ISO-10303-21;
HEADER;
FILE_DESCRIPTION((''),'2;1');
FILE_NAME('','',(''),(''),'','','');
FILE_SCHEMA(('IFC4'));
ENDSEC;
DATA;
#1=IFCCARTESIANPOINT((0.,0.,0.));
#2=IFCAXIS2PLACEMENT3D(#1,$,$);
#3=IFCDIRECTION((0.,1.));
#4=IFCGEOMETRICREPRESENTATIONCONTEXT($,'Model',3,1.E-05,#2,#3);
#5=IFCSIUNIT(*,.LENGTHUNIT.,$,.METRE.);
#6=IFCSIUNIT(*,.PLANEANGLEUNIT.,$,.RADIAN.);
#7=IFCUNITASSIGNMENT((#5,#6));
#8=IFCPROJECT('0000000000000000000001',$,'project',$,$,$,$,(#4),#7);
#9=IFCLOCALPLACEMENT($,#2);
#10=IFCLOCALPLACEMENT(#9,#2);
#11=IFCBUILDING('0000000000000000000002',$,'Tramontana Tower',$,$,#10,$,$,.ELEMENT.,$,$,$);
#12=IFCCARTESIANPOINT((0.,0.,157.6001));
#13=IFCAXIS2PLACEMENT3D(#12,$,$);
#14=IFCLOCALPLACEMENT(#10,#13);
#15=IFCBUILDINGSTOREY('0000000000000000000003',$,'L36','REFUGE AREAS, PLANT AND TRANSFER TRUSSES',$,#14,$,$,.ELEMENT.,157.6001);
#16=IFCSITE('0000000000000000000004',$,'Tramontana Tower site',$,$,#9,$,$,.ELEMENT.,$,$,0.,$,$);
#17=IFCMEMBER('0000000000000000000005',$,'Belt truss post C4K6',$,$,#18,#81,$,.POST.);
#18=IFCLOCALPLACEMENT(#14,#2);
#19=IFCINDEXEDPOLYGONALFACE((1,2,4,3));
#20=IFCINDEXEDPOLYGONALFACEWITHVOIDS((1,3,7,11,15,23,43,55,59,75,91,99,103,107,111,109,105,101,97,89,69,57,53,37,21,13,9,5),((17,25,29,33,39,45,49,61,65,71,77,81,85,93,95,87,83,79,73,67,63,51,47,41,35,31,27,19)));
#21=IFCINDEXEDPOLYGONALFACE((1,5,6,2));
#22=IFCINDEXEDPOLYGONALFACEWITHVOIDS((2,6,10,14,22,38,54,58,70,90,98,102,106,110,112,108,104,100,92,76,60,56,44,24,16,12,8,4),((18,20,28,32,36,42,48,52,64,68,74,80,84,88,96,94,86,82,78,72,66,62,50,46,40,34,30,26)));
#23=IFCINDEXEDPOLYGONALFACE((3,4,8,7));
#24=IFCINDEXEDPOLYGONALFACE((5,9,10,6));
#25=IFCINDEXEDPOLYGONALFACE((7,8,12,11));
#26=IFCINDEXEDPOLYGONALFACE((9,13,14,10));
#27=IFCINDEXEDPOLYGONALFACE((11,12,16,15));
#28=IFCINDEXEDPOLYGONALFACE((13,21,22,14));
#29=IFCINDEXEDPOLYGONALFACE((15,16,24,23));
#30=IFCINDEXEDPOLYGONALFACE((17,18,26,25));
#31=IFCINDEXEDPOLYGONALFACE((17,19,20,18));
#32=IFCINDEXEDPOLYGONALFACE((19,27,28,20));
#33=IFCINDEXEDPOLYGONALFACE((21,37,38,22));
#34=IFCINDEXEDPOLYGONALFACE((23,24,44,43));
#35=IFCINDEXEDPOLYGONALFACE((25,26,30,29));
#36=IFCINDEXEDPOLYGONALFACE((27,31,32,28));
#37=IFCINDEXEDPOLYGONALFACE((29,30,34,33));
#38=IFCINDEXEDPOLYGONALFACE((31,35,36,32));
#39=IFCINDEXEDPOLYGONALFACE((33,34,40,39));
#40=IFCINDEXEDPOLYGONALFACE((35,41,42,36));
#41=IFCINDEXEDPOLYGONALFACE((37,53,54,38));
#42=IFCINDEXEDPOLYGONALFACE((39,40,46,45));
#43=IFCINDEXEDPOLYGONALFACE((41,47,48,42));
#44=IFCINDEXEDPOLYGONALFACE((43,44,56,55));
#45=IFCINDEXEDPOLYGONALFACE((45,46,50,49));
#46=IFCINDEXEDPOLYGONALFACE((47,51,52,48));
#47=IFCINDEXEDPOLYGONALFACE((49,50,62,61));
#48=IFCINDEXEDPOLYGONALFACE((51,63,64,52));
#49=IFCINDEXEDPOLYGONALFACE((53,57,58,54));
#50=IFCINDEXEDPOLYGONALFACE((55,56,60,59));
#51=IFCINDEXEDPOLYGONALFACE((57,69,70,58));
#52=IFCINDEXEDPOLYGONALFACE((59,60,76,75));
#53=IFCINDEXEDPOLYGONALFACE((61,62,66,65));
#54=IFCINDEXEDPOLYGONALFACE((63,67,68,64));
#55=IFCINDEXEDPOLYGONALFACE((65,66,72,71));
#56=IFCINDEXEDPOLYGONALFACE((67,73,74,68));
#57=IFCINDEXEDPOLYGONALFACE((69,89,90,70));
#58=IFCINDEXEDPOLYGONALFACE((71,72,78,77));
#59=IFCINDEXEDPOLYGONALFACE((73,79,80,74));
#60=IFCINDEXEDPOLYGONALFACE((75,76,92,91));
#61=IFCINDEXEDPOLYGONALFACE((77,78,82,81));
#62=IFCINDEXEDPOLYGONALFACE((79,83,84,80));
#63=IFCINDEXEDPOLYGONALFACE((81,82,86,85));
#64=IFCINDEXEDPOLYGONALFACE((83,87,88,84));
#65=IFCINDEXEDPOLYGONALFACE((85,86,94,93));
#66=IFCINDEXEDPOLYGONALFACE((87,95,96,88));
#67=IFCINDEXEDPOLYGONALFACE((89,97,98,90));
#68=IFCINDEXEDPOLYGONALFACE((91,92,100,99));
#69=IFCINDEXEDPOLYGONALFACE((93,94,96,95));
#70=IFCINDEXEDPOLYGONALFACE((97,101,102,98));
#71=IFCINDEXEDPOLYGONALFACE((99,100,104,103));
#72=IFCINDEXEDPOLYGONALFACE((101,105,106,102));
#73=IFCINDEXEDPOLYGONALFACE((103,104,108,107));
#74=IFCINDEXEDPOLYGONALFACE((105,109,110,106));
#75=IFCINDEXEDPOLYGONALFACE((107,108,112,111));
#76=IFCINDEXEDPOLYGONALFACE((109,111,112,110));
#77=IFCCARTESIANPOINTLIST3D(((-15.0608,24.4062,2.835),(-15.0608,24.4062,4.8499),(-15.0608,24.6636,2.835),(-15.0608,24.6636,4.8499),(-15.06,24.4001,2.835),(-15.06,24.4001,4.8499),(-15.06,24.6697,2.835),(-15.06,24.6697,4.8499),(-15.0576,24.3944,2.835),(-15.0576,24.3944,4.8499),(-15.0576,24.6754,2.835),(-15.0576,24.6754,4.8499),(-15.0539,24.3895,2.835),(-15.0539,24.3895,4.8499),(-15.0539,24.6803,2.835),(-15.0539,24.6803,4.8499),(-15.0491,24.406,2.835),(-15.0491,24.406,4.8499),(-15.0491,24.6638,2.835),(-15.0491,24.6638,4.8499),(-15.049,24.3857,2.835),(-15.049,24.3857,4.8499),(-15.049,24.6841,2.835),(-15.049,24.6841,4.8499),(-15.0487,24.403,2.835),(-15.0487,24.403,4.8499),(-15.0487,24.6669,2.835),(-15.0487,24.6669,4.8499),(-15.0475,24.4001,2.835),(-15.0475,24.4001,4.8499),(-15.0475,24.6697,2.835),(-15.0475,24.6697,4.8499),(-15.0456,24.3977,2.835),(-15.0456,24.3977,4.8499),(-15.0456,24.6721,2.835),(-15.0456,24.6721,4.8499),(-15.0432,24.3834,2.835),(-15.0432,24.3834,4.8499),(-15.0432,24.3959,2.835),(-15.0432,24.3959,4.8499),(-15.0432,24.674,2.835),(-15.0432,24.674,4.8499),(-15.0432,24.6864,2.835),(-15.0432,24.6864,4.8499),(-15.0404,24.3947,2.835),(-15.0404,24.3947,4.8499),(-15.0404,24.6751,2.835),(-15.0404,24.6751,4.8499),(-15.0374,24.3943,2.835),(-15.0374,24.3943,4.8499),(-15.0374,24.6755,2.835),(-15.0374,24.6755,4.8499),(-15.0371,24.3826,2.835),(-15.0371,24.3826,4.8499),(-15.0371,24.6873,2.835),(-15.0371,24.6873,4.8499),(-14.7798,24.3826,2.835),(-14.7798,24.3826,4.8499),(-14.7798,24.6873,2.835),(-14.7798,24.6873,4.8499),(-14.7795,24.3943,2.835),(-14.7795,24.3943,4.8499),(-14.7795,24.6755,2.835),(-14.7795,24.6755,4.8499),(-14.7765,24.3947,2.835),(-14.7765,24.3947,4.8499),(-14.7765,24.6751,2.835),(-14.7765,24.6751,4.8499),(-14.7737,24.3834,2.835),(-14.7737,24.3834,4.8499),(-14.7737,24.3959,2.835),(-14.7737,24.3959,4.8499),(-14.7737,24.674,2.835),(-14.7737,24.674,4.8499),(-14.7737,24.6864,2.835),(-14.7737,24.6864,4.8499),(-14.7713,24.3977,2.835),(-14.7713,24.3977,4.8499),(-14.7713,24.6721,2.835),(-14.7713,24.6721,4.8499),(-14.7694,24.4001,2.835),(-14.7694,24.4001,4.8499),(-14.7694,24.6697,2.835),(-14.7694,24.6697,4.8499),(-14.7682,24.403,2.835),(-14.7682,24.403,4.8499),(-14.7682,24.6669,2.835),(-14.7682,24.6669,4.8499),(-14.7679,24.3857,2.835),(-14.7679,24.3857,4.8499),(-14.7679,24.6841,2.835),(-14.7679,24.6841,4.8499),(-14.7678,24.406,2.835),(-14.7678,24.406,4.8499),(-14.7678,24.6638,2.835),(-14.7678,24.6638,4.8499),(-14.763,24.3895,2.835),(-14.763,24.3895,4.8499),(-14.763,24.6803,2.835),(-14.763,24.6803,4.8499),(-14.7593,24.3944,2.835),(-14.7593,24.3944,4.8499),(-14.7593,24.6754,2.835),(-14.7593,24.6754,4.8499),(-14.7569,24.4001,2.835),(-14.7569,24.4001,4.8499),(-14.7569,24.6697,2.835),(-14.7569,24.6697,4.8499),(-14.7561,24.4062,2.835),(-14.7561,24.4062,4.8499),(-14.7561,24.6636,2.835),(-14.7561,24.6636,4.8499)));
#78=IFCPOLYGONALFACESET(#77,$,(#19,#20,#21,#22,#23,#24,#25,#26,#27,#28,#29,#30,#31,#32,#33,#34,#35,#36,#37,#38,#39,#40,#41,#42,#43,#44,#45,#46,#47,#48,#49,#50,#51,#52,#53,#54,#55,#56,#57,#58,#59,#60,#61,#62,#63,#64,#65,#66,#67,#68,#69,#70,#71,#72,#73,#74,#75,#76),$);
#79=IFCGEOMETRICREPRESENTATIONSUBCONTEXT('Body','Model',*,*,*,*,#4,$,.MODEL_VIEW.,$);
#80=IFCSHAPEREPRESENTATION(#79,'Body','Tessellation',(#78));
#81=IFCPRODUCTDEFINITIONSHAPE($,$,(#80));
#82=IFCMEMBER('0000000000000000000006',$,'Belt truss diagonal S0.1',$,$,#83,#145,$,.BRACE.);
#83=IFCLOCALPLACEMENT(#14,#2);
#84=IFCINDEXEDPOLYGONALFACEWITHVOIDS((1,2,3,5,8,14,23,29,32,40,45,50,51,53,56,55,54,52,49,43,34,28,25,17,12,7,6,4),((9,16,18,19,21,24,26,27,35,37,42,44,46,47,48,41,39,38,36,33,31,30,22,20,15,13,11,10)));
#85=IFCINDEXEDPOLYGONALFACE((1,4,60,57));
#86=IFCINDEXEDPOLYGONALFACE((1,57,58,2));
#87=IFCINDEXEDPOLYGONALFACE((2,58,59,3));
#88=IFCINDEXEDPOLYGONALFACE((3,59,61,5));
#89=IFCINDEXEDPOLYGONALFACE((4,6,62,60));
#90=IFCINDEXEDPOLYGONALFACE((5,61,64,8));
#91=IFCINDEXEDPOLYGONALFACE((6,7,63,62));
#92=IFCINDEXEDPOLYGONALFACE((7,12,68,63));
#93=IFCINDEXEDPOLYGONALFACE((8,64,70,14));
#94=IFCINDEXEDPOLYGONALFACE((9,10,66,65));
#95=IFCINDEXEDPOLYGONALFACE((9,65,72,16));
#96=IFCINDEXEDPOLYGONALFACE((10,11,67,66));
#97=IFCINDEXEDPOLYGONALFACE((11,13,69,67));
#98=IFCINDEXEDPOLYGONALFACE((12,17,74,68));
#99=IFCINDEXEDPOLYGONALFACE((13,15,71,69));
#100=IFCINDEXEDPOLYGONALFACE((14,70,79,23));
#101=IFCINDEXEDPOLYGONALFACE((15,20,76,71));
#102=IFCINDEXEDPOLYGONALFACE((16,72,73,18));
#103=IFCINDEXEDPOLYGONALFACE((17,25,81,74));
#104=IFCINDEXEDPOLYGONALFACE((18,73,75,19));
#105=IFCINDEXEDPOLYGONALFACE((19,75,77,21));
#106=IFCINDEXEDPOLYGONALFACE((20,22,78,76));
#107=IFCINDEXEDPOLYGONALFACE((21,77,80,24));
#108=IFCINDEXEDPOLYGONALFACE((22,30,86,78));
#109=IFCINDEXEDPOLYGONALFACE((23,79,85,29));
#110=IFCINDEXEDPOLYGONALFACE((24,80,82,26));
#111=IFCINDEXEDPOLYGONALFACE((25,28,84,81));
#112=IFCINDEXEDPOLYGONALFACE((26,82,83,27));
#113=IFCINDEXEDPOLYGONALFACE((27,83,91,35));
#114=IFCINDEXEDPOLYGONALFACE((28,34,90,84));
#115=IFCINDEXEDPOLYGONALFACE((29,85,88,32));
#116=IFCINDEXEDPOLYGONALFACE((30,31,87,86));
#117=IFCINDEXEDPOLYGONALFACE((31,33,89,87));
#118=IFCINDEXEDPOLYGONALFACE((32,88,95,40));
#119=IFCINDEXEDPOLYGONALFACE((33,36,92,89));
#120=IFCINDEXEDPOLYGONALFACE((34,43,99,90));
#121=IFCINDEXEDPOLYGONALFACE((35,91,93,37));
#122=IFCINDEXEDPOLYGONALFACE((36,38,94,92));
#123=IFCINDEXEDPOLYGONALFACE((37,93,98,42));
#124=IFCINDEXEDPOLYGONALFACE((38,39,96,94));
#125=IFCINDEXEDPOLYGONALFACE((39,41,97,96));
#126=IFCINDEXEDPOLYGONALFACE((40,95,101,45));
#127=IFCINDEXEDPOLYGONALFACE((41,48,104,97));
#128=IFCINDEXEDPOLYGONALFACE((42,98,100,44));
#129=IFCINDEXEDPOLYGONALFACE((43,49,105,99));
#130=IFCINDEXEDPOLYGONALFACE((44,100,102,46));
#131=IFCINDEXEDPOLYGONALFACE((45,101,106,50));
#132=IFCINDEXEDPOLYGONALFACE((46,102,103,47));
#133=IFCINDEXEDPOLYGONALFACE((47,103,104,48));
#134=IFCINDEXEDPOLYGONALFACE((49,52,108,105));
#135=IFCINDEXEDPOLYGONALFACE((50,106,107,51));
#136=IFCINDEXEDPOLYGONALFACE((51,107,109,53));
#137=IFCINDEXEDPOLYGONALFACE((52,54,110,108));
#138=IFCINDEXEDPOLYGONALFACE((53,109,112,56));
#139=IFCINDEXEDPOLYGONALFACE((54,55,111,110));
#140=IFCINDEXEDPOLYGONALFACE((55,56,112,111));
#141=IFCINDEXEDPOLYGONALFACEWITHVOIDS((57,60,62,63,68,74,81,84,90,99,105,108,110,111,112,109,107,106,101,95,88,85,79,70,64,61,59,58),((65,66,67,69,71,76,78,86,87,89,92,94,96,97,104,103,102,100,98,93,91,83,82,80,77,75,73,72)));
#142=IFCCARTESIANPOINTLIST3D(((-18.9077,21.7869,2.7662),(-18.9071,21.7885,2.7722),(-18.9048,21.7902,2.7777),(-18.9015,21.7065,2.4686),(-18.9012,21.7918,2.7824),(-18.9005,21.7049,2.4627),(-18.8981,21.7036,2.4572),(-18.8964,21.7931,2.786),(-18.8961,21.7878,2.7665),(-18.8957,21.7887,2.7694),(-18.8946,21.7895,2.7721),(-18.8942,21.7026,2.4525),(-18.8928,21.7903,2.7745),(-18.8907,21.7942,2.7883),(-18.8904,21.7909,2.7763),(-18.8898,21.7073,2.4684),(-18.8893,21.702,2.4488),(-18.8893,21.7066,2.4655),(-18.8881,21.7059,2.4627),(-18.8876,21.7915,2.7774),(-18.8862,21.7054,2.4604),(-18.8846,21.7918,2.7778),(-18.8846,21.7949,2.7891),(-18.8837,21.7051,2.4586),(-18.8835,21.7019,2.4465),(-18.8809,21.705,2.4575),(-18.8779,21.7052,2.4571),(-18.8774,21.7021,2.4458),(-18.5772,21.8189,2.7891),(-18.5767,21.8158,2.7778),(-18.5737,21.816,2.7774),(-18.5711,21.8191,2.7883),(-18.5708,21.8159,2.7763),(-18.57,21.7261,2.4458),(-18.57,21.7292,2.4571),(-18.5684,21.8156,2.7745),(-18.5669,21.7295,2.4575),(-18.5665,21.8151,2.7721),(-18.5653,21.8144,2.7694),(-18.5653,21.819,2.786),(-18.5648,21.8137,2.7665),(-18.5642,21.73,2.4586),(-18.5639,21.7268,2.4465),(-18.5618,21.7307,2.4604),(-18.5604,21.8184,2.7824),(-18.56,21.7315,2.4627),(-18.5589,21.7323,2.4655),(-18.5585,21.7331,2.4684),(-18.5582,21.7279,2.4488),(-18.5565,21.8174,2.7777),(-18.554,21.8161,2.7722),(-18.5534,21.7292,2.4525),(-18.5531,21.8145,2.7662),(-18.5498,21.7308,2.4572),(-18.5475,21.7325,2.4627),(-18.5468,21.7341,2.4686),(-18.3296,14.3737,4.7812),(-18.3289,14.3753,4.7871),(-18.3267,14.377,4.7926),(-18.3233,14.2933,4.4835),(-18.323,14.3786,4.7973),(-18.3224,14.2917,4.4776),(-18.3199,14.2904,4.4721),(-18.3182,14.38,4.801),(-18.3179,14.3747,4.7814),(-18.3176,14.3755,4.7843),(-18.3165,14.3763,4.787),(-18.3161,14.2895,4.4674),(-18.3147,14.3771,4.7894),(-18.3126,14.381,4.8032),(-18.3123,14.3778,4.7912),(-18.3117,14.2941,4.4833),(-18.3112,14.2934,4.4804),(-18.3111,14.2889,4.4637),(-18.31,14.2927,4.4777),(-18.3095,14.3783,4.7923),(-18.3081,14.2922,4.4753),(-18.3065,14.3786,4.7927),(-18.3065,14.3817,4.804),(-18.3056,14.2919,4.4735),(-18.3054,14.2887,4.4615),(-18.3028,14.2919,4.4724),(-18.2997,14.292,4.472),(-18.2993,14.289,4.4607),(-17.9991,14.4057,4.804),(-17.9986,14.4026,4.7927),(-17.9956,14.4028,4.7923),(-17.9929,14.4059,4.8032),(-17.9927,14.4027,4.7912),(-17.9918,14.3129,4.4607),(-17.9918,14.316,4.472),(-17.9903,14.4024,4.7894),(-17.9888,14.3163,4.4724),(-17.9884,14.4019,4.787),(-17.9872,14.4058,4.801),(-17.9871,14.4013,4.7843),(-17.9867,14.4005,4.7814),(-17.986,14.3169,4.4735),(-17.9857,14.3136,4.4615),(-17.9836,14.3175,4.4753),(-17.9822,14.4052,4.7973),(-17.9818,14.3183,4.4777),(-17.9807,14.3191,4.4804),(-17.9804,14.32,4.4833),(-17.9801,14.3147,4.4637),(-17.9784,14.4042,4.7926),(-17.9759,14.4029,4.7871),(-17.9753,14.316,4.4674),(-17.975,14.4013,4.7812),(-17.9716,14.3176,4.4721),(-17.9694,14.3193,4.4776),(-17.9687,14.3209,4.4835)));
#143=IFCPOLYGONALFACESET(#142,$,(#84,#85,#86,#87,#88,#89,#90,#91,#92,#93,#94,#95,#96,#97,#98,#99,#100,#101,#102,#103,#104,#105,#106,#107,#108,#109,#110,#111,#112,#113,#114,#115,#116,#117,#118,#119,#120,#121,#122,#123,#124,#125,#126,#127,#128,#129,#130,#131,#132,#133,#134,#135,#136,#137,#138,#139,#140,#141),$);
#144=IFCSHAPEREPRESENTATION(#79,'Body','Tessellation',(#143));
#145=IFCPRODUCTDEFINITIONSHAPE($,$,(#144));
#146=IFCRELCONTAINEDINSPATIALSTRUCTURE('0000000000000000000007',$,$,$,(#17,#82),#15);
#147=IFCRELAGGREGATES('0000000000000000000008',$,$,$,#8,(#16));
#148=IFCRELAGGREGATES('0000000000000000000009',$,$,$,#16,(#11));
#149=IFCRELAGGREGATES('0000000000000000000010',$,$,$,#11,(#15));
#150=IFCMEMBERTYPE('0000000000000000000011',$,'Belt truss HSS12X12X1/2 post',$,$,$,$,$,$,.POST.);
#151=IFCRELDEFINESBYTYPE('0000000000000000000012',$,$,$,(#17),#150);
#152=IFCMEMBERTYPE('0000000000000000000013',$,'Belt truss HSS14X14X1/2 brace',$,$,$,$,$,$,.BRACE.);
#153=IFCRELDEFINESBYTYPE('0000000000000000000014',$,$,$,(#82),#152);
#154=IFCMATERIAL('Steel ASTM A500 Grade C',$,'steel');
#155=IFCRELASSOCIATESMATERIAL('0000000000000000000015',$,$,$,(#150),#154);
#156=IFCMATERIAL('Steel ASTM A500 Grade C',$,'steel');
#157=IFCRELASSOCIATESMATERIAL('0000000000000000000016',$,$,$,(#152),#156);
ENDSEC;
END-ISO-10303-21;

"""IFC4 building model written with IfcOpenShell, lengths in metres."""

from ifc_helpers import new_model, si_unit, direction, frame, origin, origin_2d, place, context, subcontext, project, spatial, hollow_rectangle, extrude, material, material_profile, profile_set, type_object, element, save


model = new_model("IFC4")

# Units and contexts
model_context = context("Model", 3, precision=1e-05, world=origin(), true_north=direction((0.0, 1.0)))
body_context = subcontext(model_context, "Body", "Model", "MODEL_VIEW")
ifc_project = project(units=[si_unit("LENGTHUNIT", "METRE"), si_unit("PLANEANGLEUNIT", "RADIAN")], contexts=[model_context])

# Site, building, storey
site_placement = place(None, origin())
site = spatial("IfcSite", under=ifc_project, at=site_placement, Name="Tramontana Tower site", CompositionType="ELEMENT", RefElevation=0.0)
building_placement = place(site_placement, origin())
building = spatial("IfcBuilding", under=site, at=building_placement, Name="Tramontana Tower", CompositionType="ELEMENT")
storey_placement = place(building_placement, frame((0.0, 0.0, 157.6001)))
storey = spatial("IfcBuildingStorey", under=building, at=storey_placement, Name="L36", Description="REFUGE AREAS, PLANT AND TRANSFER TRUSSES", CompositionType="ELEMENT", Elevation=157.6001)

# Members
ifc_material_1 = material(Name="Steel ASTM A500 Grade C", Category="steel")
ifc_material_profile_1 = material_profile(ifc_material_1, hollow_rectangle(XDim=0.3047, YDim=0.3047, WallThickness=0.0117, InnerFilletRadius=0.0117, OuterFilletRadius=0.0237, at=origin_2d()), Name="HSS12X12X1/2")
ifc_profile_set_1 = profile_set([ifc_material_profile_1], Name="Steel ASTM A500 Grade C")
member_type_1 = type_object("IfcMemberType", Name="Belt truss HSS12X12X1/2 post", PredefinedType="POST", material=ifc_profile_set_1)
for number, where, z_axis, x_axis, name in (
    (1, (-14.9084, 24.5349, 2.835), (0.0, 0.0, 1.0), (1.0, 0.0, 0.0), "Belt truss post C4K6"),
):
    element("IfcMember", number, at=place(storey_placement, frame(where, z_axis=z_axis, x_axis=x_axis)), inside=storey, type_object=member_type_1, Name=name, PredefinedType="POST", context=body_context, shape_type="SweptSolid", body=[
        extrude(hollow_rectangle(XDim=0.3047, YDim=0.3047, WallThickness=0.0117, InnerFilletRadius=0.0117, OuterFilletRadius=0.0237, at=origin_2d()), origin(), (0.0, 0.0, 1.0), 2.0149),
    ])
ifc_material_2 = material(Name="Steel ASTM A500 Grade C", Category="steel")
ifc_material_profile_2 = material_profile(ifc_material_2, hollow_rectangle(XDim=0.3557, YDim=0.3557, WallThickness=0.0117, InnerFilletRadius=0.0117, OuterFilletRadius=0.0237, at=origin_2d()), Name="HSS14X14X1/2")
ifc_profile_set_2 = profile_set([ifc_material_profile_2], Name="Steel ASTM A500 Grade C")
member_type_2 = type_object("IfcMemberType", Name="Belt truss HSS14X14X1/2 brace", PredefinedType="BRACE", material=ifc_profile_set_2)
member_1_placement = place(storey_placement, frame((-18.7273, 21.7605, 2.6174), z_axis=(0.075045, -0.962269, 0.261547), x_axis=(0.996973, 0.077751, 0.0)))
element("IfcMember", 2, at=member_1_placement, inside=storey, type_object=member_type_2, Name="Belt truss diagonal S0.1", PredefinedType="BRACE", context=body_context, shape_type="SweptSolid", body=[
    extrude(hollow_rectangle(XDim=0.3557, YDim=0.3557, WallThickness=0.0117, InnerFilletRadius=0.0117, OuterFilletRadius=0.0237, at=origin_2d()), origin(), (0.0, 0.0, 1.0), 7.7039),
])

save(model, "model.ifc")
